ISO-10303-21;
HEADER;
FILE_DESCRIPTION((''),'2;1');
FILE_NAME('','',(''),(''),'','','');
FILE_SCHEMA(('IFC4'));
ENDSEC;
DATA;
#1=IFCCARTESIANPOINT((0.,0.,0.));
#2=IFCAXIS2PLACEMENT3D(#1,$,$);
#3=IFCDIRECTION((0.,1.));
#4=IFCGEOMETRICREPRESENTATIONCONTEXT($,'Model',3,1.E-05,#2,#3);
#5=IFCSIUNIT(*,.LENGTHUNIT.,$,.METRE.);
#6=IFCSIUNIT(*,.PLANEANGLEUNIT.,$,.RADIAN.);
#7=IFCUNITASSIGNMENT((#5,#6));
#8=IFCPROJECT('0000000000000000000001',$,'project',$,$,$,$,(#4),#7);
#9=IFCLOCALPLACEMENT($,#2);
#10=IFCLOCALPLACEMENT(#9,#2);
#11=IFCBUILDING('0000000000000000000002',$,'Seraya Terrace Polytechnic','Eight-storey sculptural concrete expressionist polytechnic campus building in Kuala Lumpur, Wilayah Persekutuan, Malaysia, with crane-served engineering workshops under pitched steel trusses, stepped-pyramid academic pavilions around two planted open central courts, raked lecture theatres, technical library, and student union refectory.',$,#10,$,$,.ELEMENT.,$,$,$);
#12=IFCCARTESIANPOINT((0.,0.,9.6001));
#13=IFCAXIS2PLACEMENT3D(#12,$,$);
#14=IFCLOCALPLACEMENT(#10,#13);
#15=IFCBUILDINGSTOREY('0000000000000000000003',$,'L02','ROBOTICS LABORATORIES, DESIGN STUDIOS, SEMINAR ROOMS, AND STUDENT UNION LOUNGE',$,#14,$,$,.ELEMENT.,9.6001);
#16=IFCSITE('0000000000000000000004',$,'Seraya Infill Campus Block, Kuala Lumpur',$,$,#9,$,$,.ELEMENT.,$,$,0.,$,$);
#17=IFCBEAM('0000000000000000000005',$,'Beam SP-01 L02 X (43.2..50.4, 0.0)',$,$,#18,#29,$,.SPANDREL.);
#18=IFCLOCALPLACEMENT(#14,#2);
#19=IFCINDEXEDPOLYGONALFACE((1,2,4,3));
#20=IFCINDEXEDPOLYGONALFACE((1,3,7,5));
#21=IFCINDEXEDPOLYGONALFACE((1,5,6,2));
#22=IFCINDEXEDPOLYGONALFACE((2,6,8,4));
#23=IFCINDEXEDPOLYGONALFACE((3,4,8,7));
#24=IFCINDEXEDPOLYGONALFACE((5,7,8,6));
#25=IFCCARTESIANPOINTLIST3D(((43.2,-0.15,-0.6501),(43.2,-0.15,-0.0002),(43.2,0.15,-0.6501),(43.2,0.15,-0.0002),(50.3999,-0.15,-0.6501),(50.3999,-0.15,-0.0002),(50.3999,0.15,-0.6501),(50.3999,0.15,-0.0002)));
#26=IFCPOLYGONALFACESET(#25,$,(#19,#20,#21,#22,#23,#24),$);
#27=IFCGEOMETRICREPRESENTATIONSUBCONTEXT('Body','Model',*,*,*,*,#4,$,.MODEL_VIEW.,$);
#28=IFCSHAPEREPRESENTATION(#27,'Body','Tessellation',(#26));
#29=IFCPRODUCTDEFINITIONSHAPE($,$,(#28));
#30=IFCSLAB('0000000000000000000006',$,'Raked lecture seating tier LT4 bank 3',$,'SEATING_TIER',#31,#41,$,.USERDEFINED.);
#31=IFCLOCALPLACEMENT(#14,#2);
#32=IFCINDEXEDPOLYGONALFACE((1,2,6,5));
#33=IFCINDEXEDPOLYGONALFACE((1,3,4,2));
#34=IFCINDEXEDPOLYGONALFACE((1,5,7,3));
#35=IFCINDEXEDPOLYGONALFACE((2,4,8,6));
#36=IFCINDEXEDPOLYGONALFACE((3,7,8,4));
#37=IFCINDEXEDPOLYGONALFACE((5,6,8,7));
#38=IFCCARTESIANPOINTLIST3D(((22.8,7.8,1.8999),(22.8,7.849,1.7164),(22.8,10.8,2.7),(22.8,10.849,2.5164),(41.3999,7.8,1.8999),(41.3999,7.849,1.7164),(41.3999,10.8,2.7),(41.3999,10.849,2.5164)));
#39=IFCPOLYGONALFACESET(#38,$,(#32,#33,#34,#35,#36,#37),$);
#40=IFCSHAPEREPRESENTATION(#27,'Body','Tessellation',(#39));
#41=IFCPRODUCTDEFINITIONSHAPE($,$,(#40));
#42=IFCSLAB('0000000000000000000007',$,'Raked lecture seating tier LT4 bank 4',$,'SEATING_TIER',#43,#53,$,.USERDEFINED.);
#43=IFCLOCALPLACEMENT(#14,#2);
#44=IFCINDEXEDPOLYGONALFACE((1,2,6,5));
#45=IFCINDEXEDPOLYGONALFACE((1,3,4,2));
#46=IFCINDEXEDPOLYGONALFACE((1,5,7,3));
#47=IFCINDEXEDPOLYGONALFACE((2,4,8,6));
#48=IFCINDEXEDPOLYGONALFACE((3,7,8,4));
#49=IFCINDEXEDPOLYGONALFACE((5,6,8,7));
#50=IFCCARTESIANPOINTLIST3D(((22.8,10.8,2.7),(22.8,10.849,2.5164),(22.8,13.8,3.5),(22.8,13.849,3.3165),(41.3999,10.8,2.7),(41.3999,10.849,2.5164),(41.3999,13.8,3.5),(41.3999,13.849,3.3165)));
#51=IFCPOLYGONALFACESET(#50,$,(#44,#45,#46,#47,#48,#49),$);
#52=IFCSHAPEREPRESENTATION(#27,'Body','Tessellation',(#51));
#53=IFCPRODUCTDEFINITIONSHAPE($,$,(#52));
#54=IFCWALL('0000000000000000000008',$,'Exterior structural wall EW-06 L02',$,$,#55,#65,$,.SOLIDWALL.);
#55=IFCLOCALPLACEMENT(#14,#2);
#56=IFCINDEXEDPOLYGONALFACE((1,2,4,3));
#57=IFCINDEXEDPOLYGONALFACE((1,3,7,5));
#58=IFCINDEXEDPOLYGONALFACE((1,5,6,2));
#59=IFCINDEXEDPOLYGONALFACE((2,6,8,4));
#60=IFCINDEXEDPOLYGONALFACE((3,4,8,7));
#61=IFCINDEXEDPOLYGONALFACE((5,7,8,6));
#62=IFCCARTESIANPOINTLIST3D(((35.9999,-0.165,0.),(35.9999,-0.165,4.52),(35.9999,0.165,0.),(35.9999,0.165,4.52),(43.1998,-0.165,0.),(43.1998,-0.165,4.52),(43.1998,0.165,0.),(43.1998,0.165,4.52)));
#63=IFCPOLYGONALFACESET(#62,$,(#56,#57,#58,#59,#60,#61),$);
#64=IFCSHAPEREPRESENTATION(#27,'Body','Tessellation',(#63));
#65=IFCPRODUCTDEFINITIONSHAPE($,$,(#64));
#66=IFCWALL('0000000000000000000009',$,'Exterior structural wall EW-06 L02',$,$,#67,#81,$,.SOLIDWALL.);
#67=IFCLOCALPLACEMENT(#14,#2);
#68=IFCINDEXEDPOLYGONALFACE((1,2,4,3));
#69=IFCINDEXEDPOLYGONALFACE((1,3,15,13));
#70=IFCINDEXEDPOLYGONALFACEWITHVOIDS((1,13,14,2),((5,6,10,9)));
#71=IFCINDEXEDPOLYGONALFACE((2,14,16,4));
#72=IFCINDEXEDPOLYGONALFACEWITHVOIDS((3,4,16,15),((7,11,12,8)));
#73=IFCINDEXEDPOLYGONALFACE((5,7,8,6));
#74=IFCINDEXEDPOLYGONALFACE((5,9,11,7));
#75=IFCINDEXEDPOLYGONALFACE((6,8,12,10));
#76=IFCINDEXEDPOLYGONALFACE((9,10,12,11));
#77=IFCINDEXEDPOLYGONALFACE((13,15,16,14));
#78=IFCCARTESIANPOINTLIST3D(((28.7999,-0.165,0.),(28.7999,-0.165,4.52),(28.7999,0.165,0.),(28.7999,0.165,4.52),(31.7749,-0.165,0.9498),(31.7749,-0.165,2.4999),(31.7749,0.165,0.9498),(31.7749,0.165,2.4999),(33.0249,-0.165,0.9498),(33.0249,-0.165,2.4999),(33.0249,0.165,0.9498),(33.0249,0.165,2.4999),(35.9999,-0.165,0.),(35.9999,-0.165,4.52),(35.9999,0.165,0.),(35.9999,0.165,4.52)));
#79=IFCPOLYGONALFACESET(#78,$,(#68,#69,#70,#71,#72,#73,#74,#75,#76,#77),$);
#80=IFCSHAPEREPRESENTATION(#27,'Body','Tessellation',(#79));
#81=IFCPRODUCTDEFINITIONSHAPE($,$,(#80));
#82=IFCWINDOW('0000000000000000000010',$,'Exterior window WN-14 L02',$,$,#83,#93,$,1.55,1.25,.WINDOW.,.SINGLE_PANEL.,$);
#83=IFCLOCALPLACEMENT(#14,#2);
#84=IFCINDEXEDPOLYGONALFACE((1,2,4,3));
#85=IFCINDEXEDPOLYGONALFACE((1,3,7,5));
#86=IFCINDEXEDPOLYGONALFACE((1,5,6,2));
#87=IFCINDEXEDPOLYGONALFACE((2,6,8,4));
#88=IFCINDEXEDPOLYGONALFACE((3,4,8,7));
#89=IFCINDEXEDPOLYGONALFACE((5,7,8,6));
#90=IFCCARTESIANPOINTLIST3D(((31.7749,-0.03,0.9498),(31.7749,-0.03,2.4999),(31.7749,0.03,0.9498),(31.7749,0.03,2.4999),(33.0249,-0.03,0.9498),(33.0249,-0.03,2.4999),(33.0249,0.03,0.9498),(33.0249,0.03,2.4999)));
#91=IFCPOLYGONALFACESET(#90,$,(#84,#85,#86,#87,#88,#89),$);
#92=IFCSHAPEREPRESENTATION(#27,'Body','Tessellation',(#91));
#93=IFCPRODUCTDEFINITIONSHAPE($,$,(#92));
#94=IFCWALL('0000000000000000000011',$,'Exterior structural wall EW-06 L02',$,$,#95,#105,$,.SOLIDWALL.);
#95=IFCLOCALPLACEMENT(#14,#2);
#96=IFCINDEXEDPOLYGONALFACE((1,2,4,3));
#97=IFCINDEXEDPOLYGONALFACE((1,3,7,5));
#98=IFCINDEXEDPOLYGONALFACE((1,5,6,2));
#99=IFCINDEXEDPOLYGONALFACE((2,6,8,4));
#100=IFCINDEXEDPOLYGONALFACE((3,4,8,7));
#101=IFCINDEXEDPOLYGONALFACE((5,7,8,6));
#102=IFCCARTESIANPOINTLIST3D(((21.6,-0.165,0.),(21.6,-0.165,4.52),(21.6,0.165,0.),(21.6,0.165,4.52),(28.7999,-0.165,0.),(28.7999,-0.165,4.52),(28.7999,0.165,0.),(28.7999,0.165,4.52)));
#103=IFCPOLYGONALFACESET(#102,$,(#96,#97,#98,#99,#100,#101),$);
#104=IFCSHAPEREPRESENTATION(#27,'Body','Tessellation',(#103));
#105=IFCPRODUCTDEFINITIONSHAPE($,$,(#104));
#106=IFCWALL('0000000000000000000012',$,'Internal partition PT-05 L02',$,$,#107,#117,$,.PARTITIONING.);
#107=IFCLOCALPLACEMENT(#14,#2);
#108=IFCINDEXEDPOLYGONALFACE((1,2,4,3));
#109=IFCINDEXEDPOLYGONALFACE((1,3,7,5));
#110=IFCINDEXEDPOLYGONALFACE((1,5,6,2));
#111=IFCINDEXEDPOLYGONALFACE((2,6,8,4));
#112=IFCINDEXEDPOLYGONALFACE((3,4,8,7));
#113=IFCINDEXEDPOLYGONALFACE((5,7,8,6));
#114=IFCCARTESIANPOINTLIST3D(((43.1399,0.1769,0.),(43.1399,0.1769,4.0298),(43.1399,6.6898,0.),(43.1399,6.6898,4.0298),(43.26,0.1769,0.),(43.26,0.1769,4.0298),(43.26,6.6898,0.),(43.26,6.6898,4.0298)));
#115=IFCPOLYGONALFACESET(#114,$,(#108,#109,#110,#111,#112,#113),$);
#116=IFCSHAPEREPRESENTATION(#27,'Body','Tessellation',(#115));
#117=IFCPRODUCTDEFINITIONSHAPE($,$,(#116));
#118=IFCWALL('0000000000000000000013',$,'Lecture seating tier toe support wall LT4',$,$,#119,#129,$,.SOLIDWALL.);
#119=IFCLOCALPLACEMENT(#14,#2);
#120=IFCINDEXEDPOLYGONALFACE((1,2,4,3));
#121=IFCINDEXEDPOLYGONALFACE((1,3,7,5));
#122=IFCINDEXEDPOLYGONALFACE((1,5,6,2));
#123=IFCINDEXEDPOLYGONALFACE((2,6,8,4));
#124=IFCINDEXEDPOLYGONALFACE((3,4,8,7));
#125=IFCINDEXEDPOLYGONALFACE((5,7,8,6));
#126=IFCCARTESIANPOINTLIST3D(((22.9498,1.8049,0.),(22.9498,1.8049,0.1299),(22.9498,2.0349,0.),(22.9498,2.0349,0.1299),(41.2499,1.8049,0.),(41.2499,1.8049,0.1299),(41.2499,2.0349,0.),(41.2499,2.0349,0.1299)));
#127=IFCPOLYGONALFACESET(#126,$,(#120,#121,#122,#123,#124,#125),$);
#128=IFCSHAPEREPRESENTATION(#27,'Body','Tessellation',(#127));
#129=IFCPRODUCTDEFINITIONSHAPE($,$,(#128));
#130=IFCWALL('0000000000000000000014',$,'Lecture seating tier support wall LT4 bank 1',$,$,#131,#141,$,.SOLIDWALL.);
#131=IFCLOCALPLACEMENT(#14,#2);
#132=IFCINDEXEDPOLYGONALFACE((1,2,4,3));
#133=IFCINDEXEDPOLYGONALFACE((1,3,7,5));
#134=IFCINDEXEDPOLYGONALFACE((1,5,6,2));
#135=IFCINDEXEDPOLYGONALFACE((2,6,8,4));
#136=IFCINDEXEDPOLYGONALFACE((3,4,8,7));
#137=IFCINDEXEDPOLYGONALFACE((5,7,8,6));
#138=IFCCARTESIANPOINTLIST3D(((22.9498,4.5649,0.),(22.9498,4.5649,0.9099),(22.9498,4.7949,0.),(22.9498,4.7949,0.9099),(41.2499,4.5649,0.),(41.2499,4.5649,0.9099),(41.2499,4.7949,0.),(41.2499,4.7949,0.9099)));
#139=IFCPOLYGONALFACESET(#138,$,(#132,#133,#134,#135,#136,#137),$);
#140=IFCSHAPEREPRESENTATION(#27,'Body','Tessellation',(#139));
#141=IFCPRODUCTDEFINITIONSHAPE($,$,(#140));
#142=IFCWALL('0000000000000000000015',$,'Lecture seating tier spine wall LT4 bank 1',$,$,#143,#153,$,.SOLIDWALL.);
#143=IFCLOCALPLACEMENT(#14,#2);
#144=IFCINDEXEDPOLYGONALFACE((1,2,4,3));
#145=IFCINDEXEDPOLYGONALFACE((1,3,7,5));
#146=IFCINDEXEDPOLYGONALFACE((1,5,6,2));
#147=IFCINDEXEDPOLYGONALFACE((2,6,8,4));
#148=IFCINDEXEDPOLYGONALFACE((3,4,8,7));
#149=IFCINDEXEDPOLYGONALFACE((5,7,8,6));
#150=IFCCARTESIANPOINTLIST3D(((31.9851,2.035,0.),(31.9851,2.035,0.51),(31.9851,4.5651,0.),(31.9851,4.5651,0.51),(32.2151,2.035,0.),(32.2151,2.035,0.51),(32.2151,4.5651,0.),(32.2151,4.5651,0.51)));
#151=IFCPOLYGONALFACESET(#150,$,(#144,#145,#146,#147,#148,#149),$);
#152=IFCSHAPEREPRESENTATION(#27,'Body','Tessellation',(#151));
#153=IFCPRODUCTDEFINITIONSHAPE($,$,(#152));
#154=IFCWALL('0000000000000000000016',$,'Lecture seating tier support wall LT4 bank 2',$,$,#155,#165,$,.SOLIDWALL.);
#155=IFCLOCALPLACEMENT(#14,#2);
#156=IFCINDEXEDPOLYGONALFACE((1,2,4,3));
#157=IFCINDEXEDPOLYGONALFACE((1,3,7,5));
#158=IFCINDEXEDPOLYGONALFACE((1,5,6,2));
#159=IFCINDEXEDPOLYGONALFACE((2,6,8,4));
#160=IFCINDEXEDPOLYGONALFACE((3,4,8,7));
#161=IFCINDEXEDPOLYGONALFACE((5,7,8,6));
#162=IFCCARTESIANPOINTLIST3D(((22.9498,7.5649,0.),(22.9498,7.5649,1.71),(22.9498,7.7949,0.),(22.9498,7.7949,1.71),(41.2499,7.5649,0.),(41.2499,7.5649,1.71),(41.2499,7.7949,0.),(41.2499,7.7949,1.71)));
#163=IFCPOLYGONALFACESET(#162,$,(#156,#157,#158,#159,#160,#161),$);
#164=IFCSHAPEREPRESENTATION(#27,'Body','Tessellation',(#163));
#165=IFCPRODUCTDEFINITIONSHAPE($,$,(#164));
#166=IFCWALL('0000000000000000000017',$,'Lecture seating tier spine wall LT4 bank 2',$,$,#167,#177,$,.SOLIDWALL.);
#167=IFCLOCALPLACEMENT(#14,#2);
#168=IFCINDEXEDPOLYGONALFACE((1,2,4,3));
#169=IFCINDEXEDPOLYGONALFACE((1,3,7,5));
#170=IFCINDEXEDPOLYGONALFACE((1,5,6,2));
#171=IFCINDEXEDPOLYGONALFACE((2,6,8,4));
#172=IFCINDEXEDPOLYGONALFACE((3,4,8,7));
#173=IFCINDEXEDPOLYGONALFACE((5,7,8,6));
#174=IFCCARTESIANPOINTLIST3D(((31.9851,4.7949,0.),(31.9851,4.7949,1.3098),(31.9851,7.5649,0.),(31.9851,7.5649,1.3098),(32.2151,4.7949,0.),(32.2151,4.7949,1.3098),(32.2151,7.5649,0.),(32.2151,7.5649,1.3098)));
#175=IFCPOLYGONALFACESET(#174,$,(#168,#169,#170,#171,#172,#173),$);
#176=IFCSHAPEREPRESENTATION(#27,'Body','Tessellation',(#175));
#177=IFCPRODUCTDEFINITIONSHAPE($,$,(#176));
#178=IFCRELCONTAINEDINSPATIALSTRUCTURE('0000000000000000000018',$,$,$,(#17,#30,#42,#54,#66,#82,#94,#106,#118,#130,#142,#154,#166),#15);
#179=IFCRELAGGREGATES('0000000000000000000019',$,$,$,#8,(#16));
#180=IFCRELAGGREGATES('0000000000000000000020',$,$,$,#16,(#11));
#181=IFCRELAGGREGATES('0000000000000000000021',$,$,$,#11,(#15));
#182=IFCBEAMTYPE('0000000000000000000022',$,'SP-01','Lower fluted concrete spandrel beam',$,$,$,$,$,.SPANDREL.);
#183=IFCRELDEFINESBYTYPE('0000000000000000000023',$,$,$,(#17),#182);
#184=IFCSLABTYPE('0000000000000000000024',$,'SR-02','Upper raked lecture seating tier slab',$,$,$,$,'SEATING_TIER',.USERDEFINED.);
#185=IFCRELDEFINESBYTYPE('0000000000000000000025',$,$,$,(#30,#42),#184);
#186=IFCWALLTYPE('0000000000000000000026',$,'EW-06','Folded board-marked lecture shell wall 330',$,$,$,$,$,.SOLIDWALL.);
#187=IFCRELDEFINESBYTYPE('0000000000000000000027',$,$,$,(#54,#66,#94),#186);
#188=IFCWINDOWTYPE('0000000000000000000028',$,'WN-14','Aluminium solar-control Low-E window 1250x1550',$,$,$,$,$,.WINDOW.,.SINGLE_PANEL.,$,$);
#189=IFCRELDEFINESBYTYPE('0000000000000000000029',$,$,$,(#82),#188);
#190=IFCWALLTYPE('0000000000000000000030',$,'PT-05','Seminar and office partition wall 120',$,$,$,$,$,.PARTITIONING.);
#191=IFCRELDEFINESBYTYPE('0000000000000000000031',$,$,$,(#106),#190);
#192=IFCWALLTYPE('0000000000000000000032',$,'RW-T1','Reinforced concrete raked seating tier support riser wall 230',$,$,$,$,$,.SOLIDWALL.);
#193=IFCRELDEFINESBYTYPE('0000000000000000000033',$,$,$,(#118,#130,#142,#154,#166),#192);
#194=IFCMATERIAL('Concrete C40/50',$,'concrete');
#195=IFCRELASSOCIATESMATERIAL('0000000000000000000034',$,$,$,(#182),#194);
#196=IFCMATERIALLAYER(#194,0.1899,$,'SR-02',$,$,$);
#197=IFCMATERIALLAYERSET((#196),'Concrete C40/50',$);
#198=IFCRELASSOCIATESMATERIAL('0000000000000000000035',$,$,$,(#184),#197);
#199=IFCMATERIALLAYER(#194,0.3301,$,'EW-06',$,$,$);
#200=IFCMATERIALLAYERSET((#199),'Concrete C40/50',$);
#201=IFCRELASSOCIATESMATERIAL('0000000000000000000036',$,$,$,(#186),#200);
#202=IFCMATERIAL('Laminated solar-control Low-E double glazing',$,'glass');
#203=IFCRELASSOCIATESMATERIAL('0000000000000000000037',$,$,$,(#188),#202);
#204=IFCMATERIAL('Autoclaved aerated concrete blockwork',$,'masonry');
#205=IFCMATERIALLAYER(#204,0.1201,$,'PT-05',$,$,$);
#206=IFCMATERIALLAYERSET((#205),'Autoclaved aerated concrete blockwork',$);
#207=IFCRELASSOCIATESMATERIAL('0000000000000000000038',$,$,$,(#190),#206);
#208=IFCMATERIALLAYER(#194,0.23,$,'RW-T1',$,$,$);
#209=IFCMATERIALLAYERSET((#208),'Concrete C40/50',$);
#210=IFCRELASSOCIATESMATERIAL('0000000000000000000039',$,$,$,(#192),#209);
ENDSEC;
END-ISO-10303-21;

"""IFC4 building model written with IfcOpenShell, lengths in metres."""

from ifc_helpers import new_model, si_unit, direction, frame, frame_2d, origin, origin_2d, place, context, subcontext, project, spatial, polyline, rectangle, outline, extrude, material, layer, layer_set, material_profile, profile_set, type_object, element, fill, save


model = new_model("IFC4")

# Units and contexts
model_context = context("Model", 3, precision=1e-05, world=origin(), true_north=direction((0.0, 1.0)))
body_context = subcontext(model_context, "Body", "Model", "MODEL_VIEW")
ifc_project = project(units=[si_unit("LENGTHUNIT", "METRE"), si_unit("PLANEANGLEUNIT", "RADIAN")], contexts=[model_context])

# Site, building, storey
site_placement = place(None, origin())
site = spatial("IfcSite", under=ifc_project, at=site_placement, Name="Seraya Infill Campus Block, Kuala Lumpur", CompositionType="ELEMENT", RefElevation=0.0)
building_placement = place(site_placement, origin())
building = spatial("IfcBuilding", under=site, at=building_placement, Name="Seraya Terrace Polytechnic", Description="Eight-storey sculptural concrete expressionist polytechnic campus building in Kuala Lumpur, Wilayah Persekutuan, Malaysia, with crane-served engineering workshops under pitched steel trusses, stepped-pyramid academic pavilions around two planted open central courts, raked lecture theatres, technical library, and student union refectory.", CompositionType="ELEMENT")
storey_placement = place(building_placement, frame((0.0, 0.0, 9.6001)))
storey = spatial("IfcBuildingStorey", under=building, at=storey_placement, Name="L02", Description="ROBOTICS LABORATORIES, DESIGN STUDIOS, SEMINAR ROOMS, AND STUDENT UNION LOUNGE", CompositionType="ELEMENT", Elevation=9.6001)

# Shared definitions
ifc_material_1 = material(Name="Concrete C40/50", Category="concrete")

# Beam
ifc_material_profile_1 = material_profile(ifc_material_1, rectangle(XDim=0.3, YDim=0.6499, at=origin_2d()), Name="RC 300x650")
ifc_profile_set_1 = profile_set([ifc_material_profile_1], Name="Concrete C40/50")
beam_type_1 = type_object("IfcBeamType", Name="SP-01", Description="Lower fluted concrete spandrel beam", PredefinedType="SPANDREL", material=ifc_profile_set_1)
for number, where, z_axis, x_axis, name in (
    (1, (43.2, 0.0, -0.3252), (1.0, 0.0, 0.0), (0.0, 1.0, 0.0), "Beam SP-01 L02 X (43.2..50.4, 0.0)"),
):
    element("IfcBeam", number, at=place(storey_placement, frame(where, z_axis=z_axis, x_axis=x_axis)), inside=storey, type_object=beam_type_1, Name=name, PredefinedType="SPANDREL", context=body_context, shape_type="SweptSolid", body=[
        extrude(rectangle(XDim=0.3, YDim=0.6499, at=origin_2d()), origin(), (0.0, 0.0, 1.0), 7.2),
    ])

# Slabs
ifc_layer_1 = layer(ifc_material_1, 0.1899, Name="SR-02")
ifc_layer_set_1 = layer_set([ifc_layer_1], Name="Concrete C40/50")
slab_type = type_object("IfcSlabType", Name="SR-02", Description="Upper raked lecture seating tier slab", ElementType="SEATING_TIER", PredefinedType="USERDEFINED", material=ifc_layer_set_1)
for number, where, z_axis, x_axis, name in (
    (2, (22.8, 7.8, 1.8999), (0.0, -0.257677, 0.966231), (1.0, 0.0, 0.0), "Raked lecture seating tier LT4 bank 3"),
    (3, (22.8, 10.8, 2.7), (0.0, -0.257677, 0.966231), (1.0, 0.0, 0.0), "Raked lecture seating tier LT4 bank 4"),
):
    element("IfcSlab", number, at=place(storey_placement, frame(where, z_axis=z_axis, x_axis=x_axis)), inside=storey, type_object=slab_type, Name=name, ObjectType="SEATING_TIER", PredefinedType="USERDEFINED", context=body_context, shape_type="SweptSolid", body=[
        extrude(outline(polyline([(0.0, 0.0), (18.5999, 0.0), (18.5999, 3.1048), (0.0, 3.1048), (0.0, 0.0)])), origin(), (0.0, 0.0, -1.0), 0.1899),
    ])

# Wall
ifc_layer_2 = layer(ifc_material_1, 0.3301, Name="EW-06")
ifc_layer_set_2 = layer_set([ifc_layer_2], Name="Concrete C40/50")
wall_type_1 = type_object("IfcWallType", Name="EW-06", Description="Folded board-marked lecture shell wall 330", PredefinedType="SOLIDWALL", material=ifc_layer_set_2)
wall_1_placement = place(storey_placement, frame((43.2, 0.0, 0.0), z_axis=(0.0, 0.0, 1.0), x_axis=(-1.0, 0.0, 0.0)))
element("IfcWall", 4, at=wall_1_placement, inside=storey, type_object=wall_type_1, Name="Exterior structural wall EW-06 L02", PredefinedType="SOLIDWALL", context=body_context, shape_type="SweptSolid", body=[
    extrude(rectangle(XDim=7.2, YDim=0.3301, at=frame_2d((3.6001, 0.0))), origin(), (0.0, 0.0, 1.0), 4.52),
])

# Wall, opening, window
wall_2_placement = place(storey_placement, frame((36.0, 0.0, 0.0), z_axis=(0.0, 0.0, 1.0), x_axis=(-1.0, 0.0, 0.0)))
wall_2 = element("IfcWall", 5, at=wall_2_placement, inside=storey, type_object=wall_type_1, Name="Exterior structural wall EW-06 L02", PredefinedType="SOLIDWALL", context=body_context, shape_type="SweptSolid", body=[
    extrude(rectangle(XDim=7.2, YDim=0.3301, at=frame_2d((3.6001, 0.0))), origin(), (0.0, 0.0, 1.0), 4.52),
])
opening_placement = place(wall_2_placement, frame((2.9751, 0.0, 0.95)))
opening = element("IfcOpeningElement", 6, at=opening_placement, cuts=wall_2, PredefinedType="OPENING", context=body_context, shape_type="SweptSolid", body=[
    extrude(rectangle(XDim=1.25, YDim=1.55, at=frame_2d((0.625, 0.7749))), frame((0.0, 0.177, 0.0), z_axis=(0.0, -1.0, 0.0), x_axis=(1.0, 0.0, 0.0)), (0.0, 0.0, 1.0), 0.354),
])
ifc_material_2 = material(Name="Laminated solar-control Low-E double glazing", Category="glass")
window_type = type_object("IfcWindowType", Name="WN-14", Description="Aluminium solar-control Low-E window 1250x1550", PartitioningType="SINGLE_PANEL", PredefinedType="WINDOW", material=ifc_material_2)
window_placement = place(opening_placement, origin())
window = element("IfcWindow", 7, at=window_placement, inside=storey, type_object=window_type, Name="Exterior window WN-14 L02", OverallHeight=1.55, OverallWidth=1.25, PartitioningType="SINGLE_PANEL", PredefinedType="WINDOW", context=body_context, shape_type="SweptSolid", body=[
    extrude(rectangle(XDim=1.25, YDim=1.55, at=frame_2d((0.625, 0.7749))), frame((0.0, 0.03, 0.0), z_axis=(0.0, -1.0, 0.0), x_axis=(1.0, 0.0, 0.0)), (0.0, 0.0, 1.0), 0.0601),
])
fill(opening, window)

# Walls
wall_3_placement = place(storey_placement, frame((28.8, 0.0, 0.0), z_axis=(0.0, 0.0, 1.0), x_axis=(-1.0, 0.0, 0.0)))
element("IfcWall", 8, at=wall_3_placement, inside=storey, type_object=wall_type_1, Name="Exterior structural wall EW-06 L02", PredefinedType="SOLIDWALL", context=body_context, shape_type="SweptSolid", body=[
    extrude(rectangle(XDim=7.2, YDim=0.3301, at=frame_2d((3.6001, 0.0))), origin(), (0.0, 0.0, 1.0), 4.52),
])
ifc_material_3 = material(Name="Autoclaved aerated concrete blockwork", Category="masonry")
ifc_layer_3 = layer(ifc_material_3, 0.1201, Name="PT-05")
ifc_layer_set_3 = layer_set([ifc_layer_3], Name="Autoclaved aerated concrete blockwork")
wall_type_2 = type_object("IfcWallType", Name="PT-05", Description="Seminar and office partition wall 120", PredefinedType="PARTITIONING", material=ifc_layer_set_3)
wall_4_placement = place(storey_placement, frame((43.2, 0.177, 0.0), z_axis=(0.0, 0.0, 1.0), x_axis=(0.0, 1.0, 0.0)))
element("IfcWall", 9, at=wall_4_placement, inside=storey, type_object=wall_type_2, Name="Internal partition PT-05 L02", PredefinedType="PARTITIONING", context=body_context, shape_type="SweptSolid", body=[
    extrude(rectangle(XDim=6.5129, YDim=0.1201, at=frame_2d((3.2563, 0.0))), origin(), (0.0, 0.0, 1.0), 4.0298),
])
ifc_layer_4 = layer(ifc_material_1, 0.23, Name="RW-T1")
ifc_layer_set_4 = layer_set([ifc_layer_4], Name="Concrete C40/50")
wall_type_3 = type_object("IfcWallType", Name="RW-T1", Description="Reinforced concrete raked seating tier support riser wall 230", PredefinedType="SOLIDWALL", material=ifc_layer_set_4)
wall_5_placement = place(storey_placement, frame((22.95, 1.9199, 0.0), z_axis=(0.0, 0.0, 1.0), x_axis=(1.0, 0.0, 0.0)))
element("IfcWall", 10, at=wall_5_placement, inside=storey, type_object=wall_type_3, Name="Lecture seating tier toe support wall LT4", PredefinedType="SOLIDWALL", context=body_context, shape_type="SweptSolid", body=[
    extrude(rectangle(XDim=18.3, YDim=0.23, at=frame_2d((9.1499, 0.0))), origin(), (0.0, 0.0, 1.0), 0.1299),
])
wall_6_placement = place(storey_placement, frame((22.95, 4.6799, 0.0), z_axis=(0.0, 0.0, 1.0), x_axis=(1.0, 0.0, 0.0)))
element("IfcWall", 11, at=wall_6_placement, inside=storey, type_object=wall_type_3, Name="Lecture seating tier support wall LT4 bank 1", PredefinedType="SOLIDWALL", context=body_context, shape_type="SweptSolid", body=[
    extrude(rectangle(XDim=18.3, YDim=0.23, at=frame_2d((9.1499, 0.0))), origin(), (0.0, 0.0, 1.0), 0.9099),
])
wall_7_placement = place(storey_placement, frame((32.1001, 2.0349, 0.0), z_axis=(0.0, 0.0, 1.0), x_axis=(0.0, 1.0, 0.0)))
element("IfcWall", 12, at=wall_7_placement, inside=storey, type_object=wall_type_3, Name="Lecture seating tier spine wall LT4 bank 1", PredefinedType="SOLIDWALL", context=body_context, shape_type="SweptSolid", body=[
    extrude(rectangle(XDim=2.53, YDim=0.23, at=frame_2d((1.2651, 0.0))), origin(), (0.0, 0.0, 1.0), 0.51),
])
wall_8_placement = place(storey_placement, frame((22.95, 7.6799, 0.0), z_axis=(0.0, 0.0, 1.0), x_axis=(1.0, 0.0, 0.0)))
element("IfcWall", 13, at=wall_8_placement, inside=storey, type_object=wall_type_3, Name="Lecture seating tier support wall LT4 bank 2", PredefinedType="SOLIDWALL", context=body_context, shape_type="SweptSolid", body=[
    extrude(rectangle(XDim=18.3, YDim=0.23, at=frame_2d((9.1499, 0.0))), origin(), (0.0, 0.0, 1.0), 1.71),
])
wall_9_placement = place(storey_placement, frame((32.1001, 4.7949, 0.0), z_axis=(0.0, 0.0, 1.0), x_axis=(0.0, 1.0, 0.0)))
element("IfcWall", 14, at=wall_9_placement, inside=storey, type_object=wall_type_3, Name="Lecture seating tier spine wall LT4 bank 2", PredefinedType="SOLIDWALL", context=body_context, shape_type="SweptSolid", body=[
    extrude(rectangle(XDim=2.77, YDim=0.23, at=frame_2d((1.385, 0.0))), origin(), (0.0, 0.0, 1.0), 1.3098),
])

save(model, "model.ifc")
